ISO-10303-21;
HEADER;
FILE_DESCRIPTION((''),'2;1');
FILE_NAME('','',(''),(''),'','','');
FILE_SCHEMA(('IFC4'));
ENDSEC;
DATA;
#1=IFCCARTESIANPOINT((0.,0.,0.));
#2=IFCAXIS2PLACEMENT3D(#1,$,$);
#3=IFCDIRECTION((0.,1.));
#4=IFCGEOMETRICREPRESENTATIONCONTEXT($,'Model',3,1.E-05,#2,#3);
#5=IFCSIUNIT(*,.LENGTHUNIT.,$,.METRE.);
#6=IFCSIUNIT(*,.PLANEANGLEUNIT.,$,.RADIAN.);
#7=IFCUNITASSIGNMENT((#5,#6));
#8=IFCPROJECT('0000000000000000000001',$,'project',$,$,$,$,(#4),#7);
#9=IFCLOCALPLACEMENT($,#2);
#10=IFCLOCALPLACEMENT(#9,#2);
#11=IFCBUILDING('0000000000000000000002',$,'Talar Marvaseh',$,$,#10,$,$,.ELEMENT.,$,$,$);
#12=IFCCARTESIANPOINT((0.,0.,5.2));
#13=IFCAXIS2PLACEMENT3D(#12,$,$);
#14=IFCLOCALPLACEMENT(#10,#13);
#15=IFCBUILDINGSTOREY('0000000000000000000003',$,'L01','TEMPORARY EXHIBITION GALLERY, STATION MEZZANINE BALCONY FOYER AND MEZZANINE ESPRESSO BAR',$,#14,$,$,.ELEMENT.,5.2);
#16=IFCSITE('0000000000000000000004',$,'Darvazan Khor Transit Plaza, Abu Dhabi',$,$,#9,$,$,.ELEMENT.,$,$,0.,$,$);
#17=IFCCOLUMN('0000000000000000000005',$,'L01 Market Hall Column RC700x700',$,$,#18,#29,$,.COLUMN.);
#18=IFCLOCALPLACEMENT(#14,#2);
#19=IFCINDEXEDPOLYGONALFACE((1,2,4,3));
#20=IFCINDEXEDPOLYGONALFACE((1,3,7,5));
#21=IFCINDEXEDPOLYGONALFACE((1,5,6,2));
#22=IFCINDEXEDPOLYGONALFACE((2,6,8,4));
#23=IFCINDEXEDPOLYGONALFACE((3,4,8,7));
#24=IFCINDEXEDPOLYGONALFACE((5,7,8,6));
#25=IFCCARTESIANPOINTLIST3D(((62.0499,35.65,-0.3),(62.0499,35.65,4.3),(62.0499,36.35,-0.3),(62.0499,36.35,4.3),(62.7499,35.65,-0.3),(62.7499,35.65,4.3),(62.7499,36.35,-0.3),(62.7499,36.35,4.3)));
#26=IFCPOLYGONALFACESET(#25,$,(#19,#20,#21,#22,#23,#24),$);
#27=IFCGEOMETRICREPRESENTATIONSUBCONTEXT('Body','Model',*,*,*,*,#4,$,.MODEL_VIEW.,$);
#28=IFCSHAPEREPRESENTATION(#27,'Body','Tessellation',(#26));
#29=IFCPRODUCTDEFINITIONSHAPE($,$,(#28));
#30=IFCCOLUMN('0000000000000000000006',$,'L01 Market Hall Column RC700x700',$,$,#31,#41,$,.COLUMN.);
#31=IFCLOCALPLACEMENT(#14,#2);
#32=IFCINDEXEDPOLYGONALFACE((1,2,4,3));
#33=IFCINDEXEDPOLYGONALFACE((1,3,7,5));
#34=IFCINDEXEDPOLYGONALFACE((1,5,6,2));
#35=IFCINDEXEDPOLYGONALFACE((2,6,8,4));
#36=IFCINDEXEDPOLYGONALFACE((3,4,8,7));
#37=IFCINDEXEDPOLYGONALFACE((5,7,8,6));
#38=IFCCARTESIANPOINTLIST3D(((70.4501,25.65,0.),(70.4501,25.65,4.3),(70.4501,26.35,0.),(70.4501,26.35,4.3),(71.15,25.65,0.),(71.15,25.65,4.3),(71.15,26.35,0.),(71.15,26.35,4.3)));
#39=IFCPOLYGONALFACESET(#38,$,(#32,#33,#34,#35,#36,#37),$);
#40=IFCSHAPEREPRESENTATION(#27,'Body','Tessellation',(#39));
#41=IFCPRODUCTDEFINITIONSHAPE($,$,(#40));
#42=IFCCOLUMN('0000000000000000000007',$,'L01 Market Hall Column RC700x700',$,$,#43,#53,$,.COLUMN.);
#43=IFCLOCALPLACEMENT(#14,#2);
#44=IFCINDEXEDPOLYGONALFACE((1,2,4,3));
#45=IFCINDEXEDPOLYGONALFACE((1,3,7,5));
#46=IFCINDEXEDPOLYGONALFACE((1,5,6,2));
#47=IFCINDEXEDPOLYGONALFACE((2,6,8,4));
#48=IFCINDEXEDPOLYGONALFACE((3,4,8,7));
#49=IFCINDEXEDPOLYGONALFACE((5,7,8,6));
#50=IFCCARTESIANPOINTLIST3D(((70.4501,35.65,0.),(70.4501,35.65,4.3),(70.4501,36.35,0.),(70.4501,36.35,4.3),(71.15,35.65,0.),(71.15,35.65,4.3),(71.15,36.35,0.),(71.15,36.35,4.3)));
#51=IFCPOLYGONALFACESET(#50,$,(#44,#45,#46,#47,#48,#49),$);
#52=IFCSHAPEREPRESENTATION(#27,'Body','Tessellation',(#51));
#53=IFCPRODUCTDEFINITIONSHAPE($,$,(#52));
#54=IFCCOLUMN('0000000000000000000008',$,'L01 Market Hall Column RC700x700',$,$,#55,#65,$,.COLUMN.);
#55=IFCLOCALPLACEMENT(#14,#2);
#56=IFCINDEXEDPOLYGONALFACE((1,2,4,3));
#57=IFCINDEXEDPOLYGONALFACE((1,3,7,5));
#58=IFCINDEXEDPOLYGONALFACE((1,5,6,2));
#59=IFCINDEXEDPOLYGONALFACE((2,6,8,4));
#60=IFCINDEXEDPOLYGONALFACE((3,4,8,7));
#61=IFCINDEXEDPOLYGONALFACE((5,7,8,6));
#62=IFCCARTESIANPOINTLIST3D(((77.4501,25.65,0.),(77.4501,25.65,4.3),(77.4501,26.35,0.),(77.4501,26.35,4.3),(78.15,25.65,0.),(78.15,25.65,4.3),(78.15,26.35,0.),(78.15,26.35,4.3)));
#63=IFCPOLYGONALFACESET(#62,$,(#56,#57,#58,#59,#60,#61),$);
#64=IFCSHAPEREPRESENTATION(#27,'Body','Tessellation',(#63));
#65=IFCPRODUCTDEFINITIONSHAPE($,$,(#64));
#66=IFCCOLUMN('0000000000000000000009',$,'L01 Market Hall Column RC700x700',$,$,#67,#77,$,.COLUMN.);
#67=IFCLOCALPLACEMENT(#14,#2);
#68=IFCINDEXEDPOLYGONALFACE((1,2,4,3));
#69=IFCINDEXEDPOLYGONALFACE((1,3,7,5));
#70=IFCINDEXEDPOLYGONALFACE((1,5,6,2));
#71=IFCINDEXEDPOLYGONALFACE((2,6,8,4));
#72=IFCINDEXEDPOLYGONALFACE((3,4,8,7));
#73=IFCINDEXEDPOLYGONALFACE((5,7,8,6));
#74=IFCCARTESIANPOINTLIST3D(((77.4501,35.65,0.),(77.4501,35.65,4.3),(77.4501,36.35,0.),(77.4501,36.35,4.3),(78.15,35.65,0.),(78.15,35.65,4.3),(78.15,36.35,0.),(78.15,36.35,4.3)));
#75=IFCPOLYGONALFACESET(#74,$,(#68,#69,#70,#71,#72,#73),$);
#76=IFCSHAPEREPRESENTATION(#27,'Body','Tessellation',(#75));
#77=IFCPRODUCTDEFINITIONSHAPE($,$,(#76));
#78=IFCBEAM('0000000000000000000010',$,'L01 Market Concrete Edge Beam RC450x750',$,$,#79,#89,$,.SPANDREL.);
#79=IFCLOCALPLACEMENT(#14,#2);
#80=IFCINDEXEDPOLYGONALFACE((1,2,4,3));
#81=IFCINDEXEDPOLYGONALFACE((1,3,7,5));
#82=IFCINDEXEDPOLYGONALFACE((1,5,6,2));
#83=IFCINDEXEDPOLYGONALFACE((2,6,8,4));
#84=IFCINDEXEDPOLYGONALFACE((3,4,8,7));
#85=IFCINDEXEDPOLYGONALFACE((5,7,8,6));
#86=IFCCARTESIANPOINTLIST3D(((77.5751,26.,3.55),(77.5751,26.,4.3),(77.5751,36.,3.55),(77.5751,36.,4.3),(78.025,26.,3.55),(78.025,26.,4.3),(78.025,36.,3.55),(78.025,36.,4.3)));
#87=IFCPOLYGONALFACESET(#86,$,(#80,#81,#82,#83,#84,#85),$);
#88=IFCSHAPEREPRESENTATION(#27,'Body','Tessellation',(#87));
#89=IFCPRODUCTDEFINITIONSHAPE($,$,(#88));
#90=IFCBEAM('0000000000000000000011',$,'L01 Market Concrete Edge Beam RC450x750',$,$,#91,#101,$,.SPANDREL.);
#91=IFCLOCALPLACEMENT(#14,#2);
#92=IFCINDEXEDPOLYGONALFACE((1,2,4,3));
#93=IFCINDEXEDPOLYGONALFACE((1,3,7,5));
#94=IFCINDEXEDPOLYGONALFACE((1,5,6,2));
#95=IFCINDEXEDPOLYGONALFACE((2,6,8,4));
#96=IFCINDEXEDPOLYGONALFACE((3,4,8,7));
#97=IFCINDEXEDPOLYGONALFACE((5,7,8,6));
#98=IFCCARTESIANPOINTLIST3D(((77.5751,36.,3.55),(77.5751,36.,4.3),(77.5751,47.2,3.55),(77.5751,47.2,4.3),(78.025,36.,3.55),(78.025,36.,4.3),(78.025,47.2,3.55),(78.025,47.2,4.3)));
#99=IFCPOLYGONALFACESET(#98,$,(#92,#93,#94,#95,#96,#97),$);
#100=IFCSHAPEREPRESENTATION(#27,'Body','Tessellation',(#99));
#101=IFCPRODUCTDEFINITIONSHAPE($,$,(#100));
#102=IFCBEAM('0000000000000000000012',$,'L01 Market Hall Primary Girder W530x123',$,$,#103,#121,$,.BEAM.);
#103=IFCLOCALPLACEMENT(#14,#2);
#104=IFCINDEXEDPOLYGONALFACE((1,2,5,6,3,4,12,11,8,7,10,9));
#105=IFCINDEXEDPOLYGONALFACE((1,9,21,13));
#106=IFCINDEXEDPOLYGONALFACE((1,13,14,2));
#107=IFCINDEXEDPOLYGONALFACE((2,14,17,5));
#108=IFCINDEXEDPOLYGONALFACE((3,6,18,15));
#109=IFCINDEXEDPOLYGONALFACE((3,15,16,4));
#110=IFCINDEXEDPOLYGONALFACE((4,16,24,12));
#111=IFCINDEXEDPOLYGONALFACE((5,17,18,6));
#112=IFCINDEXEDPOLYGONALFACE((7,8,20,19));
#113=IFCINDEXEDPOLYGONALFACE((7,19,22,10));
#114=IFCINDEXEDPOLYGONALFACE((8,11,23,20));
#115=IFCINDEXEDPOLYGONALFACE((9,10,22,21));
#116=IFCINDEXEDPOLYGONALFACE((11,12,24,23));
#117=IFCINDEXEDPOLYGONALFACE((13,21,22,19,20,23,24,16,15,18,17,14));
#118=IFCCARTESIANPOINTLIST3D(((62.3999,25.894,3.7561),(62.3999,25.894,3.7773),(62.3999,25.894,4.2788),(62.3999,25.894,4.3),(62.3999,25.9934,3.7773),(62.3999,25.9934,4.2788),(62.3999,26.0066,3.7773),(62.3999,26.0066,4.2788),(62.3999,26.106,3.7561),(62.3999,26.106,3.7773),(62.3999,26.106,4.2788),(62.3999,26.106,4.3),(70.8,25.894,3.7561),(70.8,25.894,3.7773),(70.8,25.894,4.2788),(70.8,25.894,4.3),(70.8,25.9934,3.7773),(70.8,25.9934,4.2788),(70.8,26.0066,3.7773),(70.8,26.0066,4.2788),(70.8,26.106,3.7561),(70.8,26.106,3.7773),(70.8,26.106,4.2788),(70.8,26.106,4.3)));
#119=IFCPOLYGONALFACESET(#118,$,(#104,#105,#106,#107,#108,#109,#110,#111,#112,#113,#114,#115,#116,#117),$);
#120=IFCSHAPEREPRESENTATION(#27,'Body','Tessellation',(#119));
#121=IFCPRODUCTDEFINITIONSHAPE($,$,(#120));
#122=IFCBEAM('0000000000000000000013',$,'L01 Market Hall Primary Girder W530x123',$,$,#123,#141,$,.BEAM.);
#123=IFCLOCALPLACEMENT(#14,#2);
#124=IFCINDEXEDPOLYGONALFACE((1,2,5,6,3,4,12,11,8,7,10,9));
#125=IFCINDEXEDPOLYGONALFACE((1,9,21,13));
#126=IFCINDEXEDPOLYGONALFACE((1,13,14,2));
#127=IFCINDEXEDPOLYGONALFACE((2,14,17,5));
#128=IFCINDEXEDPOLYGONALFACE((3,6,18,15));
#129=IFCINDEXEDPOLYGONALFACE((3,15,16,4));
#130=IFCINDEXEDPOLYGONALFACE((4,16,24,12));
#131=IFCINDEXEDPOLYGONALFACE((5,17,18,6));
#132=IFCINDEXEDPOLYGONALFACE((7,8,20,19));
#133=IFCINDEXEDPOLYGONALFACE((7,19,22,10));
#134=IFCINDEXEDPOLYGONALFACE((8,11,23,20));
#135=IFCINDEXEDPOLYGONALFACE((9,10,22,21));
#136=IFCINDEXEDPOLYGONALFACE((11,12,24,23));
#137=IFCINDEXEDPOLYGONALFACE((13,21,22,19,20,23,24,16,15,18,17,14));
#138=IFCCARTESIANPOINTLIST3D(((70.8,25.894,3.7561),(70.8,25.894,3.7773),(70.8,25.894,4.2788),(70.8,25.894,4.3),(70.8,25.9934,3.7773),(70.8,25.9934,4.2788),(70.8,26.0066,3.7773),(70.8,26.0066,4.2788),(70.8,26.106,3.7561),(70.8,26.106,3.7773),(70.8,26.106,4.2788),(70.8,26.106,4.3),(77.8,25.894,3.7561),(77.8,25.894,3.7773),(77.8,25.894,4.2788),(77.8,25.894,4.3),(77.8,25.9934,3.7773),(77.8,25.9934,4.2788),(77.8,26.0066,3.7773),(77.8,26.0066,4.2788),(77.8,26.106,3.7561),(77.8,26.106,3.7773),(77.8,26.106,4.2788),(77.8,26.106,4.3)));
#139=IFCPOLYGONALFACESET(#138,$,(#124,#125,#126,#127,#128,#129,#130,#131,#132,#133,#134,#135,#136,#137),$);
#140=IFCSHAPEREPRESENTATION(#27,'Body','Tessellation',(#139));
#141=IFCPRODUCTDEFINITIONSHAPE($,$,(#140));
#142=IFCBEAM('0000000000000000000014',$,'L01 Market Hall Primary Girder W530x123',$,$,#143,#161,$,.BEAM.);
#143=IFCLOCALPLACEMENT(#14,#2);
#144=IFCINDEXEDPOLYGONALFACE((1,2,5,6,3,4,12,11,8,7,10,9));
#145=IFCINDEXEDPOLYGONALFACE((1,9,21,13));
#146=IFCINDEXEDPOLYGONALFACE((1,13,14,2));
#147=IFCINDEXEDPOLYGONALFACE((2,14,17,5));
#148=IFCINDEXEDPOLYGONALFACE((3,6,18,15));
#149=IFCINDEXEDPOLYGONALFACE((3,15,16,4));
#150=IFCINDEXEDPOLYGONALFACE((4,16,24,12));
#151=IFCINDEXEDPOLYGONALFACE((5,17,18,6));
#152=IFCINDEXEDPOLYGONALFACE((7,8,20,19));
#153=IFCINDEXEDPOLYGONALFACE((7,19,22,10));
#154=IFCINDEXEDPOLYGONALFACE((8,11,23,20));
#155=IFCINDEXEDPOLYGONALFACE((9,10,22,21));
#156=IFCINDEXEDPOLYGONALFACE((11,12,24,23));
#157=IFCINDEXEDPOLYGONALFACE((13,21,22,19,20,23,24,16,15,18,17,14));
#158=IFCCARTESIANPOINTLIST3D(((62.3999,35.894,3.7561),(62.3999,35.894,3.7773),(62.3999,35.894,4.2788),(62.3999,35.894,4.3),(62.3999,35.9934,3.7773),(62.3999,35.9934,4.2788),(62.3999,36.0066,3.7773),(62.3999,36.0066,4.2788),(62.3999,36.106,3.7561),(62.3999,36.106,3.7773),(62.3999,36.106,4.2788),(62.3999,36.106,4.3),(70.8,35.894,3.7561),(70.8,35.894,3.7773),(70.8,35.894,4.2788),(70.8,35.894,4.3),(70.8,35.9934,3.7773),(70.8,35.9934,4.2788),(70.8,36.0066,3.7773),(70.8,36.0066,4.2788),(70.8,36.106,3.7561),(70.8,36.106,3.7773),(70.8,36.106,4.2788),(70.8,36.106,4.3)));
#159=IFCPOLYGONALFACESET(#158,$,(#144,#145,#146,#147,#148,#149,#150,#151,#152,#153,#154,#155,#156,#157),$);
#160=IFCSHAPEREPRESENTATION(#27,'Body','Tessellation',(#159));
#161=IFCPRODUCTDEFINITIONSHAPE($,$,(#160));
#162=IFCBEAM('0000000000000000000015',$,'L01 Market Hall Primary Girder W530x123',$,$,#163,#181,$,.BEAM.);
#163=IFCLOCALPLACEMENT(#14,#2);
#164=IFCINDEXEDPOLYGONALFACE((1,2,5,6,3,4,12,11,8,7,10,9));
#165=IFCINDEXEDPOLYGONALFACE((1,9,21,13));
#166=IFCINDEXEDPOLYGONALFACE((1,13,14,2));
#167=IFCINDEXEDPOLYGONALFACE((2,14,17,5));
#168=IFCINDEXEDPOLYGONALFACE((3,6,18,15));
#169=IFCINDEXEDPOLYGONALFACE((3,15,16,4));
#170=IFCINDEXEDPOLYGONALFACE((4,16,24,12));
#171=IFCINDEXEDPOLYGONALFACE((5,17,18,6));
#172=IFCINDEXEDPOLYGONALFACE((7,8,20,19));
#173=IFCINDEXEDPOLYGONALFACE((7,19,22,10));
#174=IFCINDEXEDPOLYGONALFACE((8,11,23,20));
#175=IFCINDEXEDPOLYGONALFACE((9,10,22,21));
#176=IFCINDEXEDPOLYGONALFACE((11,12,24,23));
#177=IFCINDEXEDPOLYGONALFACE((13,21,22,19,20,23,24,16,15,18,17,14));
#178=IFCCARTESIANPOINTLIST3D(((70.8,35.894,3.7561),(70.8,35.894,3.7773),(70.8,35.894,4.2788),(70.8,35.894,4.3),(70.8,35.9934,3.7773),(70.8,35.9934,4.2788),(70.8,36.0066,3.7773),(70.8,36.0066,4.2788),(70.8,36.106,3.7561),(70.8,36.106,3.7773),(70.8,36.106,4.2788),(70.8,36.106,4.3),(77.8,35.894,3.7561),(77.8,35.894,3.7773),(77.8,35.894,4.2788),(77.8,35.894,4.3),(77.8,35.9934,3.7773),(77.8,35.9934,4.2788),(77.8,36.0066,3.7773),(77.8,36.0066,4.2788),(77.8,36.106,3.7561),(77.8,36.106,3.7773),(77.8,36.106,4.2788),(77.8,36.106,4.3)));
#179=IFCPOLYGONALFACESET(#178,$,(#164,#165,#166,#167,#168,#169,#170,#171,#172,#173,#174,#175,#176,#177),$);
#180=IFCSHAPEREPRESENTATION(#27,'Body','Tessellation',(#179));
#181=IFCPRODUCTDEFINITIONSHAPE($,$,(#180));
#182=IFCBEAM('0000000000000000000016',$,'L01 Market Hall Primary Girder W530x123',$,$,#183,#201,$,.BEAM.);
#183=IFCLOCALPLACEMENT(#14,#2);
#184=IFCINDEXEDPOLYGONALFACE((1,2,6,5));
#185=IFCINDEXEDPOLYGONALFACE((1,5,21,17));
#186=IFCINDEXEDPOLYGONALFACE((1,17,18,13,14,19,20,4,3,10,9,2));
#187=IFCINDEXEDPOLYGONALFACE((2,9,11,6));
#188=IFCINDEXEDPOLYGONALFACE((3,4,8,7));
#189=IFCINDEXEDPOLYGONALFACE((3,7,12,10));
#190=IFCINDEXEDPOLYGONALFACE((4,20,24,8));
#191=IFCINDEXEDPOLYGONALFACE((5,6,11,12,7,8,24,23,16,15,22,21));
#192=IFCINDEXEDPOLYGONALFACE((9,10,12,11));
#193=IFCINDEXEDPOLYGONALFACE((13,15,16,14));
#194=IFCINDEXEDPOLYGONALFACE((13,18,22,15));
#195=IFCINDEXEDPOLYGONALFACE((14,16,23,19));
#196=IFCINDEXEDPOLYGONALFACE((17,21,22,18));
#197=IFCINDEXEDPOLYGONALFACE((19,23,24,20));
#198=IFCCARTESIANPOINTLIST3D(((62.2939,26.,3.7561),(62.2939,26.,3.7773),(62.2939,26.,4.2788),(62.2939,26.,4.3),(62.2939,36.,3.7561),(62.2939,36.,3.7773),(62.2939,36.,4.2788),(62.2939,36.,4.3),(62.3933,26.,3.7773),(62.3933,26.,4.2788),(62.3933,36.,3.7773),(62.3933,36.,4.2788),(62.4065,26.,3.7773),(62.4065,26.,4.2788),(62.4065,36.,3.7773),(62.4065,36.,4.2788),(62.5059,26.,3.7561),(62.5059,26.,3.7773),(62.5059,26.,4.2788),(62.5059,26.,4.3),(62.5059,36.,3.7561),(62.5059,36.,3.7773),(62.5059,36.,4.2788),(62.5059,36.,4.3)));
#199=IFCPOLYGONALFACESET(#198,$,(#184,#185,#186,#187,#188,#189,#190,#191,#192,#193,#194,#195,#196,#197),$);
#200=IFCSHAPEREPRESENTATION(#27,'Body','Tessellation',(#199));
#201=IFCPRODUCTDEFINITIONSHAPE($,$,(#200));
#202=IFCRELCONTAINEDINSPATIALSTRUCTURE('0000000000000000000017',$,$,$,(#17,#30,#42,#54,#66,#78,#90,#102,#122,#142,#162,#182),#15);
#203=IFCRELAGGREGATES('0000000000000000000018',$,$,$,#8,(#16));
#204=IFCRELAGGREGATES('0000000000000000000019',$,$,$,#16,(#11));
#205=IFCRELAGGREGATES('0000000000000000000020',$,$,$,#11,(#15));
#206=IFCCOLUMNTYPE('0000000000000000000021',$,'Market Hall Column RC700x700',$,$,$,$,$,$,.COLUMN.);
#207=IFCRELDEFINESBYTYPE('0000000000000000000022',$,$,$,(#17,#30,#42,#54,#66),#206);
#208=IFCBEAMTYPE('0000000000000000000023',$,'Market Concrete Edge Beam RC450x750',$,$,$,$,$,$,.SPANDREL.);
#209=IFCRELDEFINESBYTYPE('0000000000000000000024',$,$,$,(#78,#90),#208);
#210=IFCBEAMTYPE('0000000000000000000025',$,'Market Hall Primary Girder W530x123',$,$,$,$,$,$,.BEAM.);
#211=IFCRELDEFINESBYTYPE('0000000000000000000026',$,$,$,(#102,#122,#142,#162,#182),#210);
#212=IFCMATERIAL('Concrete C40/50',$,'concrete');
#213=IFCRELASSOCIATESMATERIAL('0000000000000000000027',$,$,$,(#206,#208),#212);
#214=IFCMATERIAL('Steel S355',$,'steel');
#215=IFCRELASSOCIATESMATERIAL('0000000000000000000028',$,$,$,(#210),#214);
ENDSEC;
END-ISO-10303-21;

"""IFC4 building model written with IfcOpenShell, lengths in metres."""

from ifc_helpers import new_model, si_unit, direction, frame, origin, origin_2d, place, context, subcontext, project, spatial, rectangle, i_section, extrude, material, material_profile, profile_set, type_object, element, save


model = new_model("IFC4")

# Units and contexts
model_context = context("Model", 3, precision=1e-05, world=origin(), true_north=direction((0.0, 1.0)))
body_context = subcontext(model_context, "Body", "Model", "MODEL_VIEW")
ifc_project = project(units=[si_unit("LENGTHUNIT", "METRE"), si_unit("PLANEANGLEUNIT", "RADIAN")], contexts=[model_context])

# Site, building, storey
site_placement = place(None, origin())
site = spatial("IfcSite", under=ifc_project, at=site_placement, Name="Darvazan Khor Transit Plaza, Abu Dhabi", CompositionType="ELEMENT", RefElevation=0.0)
building_placement = place(site_placement, origin())
building = spatial("IfcBuilding", under=site, at=building_placement, Name="Talar Marvaseh", CompositionType="ELEMENT")
storey_placement = place(building_placement, frame((0.0, 0.0, 5.2)))
storey = spatial("IfcBuildingStorey", under=building, at=storey_placement, Name="L01", Description="TEMPORARY EXHIBITION GALLERY, STATION MEZZANINE BALCONY FOYER AND MEZZANINE ESPRESSO BAR", CompositionType="ELEMENT", Elevation=5.2)

# Columns
ifc_material_1 = material(Name="Concrete C40/50", Category="concrete")
ifc_material_profile_1 = material_profile(ifc_material_1, rectangle(XDim=0.7, YDim=0.7, at=origin_2d()), Name="RC700x700")
ifc_profile_set_1 = profile_set([ifc_material_profile_1], Name="Concrete C40/50")
column_type = type_object("IfcColumnType", Name="Market Hall Column RC700x700", PredefinedType="COLUMN", material=ifc_profile_set_1)
column_placement = place(storey_placement, frame((62.3999, 36.0, -0.3), z_axis=(0.0, 0.0, 1.0), x_axis=(1.0, 0.0, 0.0)))
element("IfcColumn", 1, at=column_placement, inside=storey, type_object=column_type, Name="L01 Market Hall Column RC700x700", PredefinedType="COLUMN", context=body_context, shape_type="SweptSolid", body=[
    extrude(rectangle(XDim=0.7, YDim=0.7, at=origin_2d()), origin(), (0.0, 0.0, 1.0), 4.6001),
])
for number, where, z_axis, x_axis, name in (
    (2, (70.8, 26.0, 0.0), (0.0, 0.0, 1.0), (1.0, 0.0, 0.0), "L01 Market Hall Column RC700x700"),
    (3, (70.8, 36.0, 0.0), (0.0, 0.0, 1.0), (1.0, 0.0, 0.0), "L01 Market Hall Column RC700x700"),
    (4, (77.8, 26.0, 0.0), (0.0, 0.0, 1.0), (1.0, 0.0, 0.0), "L01 Market Hall Column RC700x700"),
    (5, (77.8, 36.0, 0.0), (0.0, 0.0, 1.0), (1.0, 0.0, 0.0), "L01 Market Hall Column RC700x700"),
):
    element("IfcColumn", number, at=place(storey_placement, frame(where, z_axis=z_axis, x_axis=x_axis)), inside=storey, type_object=column_type, Name=name, PredefinedType="COLUMN", context=body_context, shape_type="SweptSolid", body=[
        extrude(rectangle(XDim=0.7, YDim=0.7, at=origin_2d()), origin(), (0.0, 0.0, 1.0), 4.3),
    ])

# Beams
ifc_material_profile_2 = material_profile(ifc_material_1, rectangle(XDim=0.45, YDim=0.75, at=origin_2d()), Name="RC450x750")
ifc_profile_set_2 = profile_set([ifc_material_profile_2], Name="Concrete C40/50")
beam_type_1 = type_object("IfcBeamType", Name="Market Concrete Edge Beam RC450x750", PredefinedType="SPANDREL", material=ifc_profile_set_2)
beam_1_placement = place(storey_placement, frame((77.8, 26.0, 3.925), z_axis=(0.0, 1.0, 0.0), x_axis=(-1.0, 0.0, 0.0)))
element("IfcBeam", 6, at=beam_1_placement, inside=storey, type_object=beam_type_1, Name="L01 Market Concrete Edge Beam RC450x750", PredefinedType="SPANDREL", context=body_context, shape_type="SweptSolid", body=[
    extrude(rectangle(XDim=0.45, YDim=0.75, at=origin_2d()), origin(), (0.0, 0.0, 1.0), 10.0),
])
beam_2_placement = place(storey_placement, frame((77.8, 36.0, 3.925), z_axis=(0.0, 1.0, 0.0), x_axis=(-1.0, 0.0, 0.0)))
element("IfcBeam", 7, at=beam_2_placement, inside=storey, type_object=beam_type_1, Name="L01 Market Concrete Edge Beam RC450x750", PredefinedType="SPANDREL", context=body_context, shape_type="SweptSolid", body=[
    extrude(rectangle(XDim=0.45, YDim=0.75, at=origin_2d()), origin(), (0.0, 0.0, 1.0), 11.2),
])
ifc_material_2 = material(Name="Steel S355", Category="steel")
ifc_material_profile_3 = material_profile(ifc_material_2, i_section(OverallWidth=0.2119, OverallDepth=0.5439, WebThickness=0.0132, FlangeThickness=0.0212, at=origin_2d()), Name="W530x123")
ifc_profile_set_3 = profile_set([ifc_material_profile_3], Name="Steel S355")
beam_type_2 = type_object("IfcBeamType", Name="Market Hall Primary Girder W530x123", PredefinedType="BEAM", material=ifc_profile_set_3)
beam_3_placement = place(storey_placement, frame((62.3999, 26.0, 4.0281), z_axis=(1.0, 0.0, 0.0), x_axis=(0.0, 1.0, 0.0)))
element("IfcBeam", 8, at=beam_3_placement, inside=storey, type_object=beam_type_2, Name="L01 Market Hall Primary Girder W530x123", PredefinedType="BEAM", context=body_context, shape_type="SweptSolid", body=[
    extrude(i_section(OverallWidth=0.2119, OverallDepth=0.5439, WebThickness=0.0132, FlangeThickness=0.0212, at=origin_2d()), origin(), (0.0, 0.0, 1.0), 8.4001),
])
beam_4_placement = place(storey_placement, frame((70.8, 26.0, 4.0281), z_axis=(1.0, 0.0, 0.0), x_axis=(0.0, 1.0, 0.0)))
element("IfcBeam", 9, at=beam_4_placement, inside=storey, type_object=beam_type_2, Name="L01 Market Hall Primary Girder W530x123", PredefinedType="BEAM", context=body_context, shape_type="SweptSolid", body=[
    extrude(i_section(OverallWidth=0.2119, OverallDepth=0.5439, WebThickness=0.0132, FlangeThickness=0.0212, at=origin_2d()), origin(), (0.0, 0.0, 1.0), 7.0),
])
beam_5_placement = place(storey_placement, frame((62.3999, 36.0, 4.0281), z_axis=(1.0, 0.0, 0.0), x_axis=(0.0, 1.0, 0.0)))
element("IfcBeam", 10, at=beam_5_placement, inside=storey, type_object=beam_type_2, Name="L01 Market Hall Primary Girder W530x123", PredefinedType="BEAM", context=body_context, shape_type="SweptSolid", body=[
    extrude(i_section(OverallWidth=0.2119, OverallDepth=0.5439, WebThickness=0.0132, FlangeThickness=0.0212, at=origin_2d()), origin(), (0.0, 0.0, 1.0), 8.4001),
])
beam_6_placement = place(storey_placement, frame((70.8, 36.0, 4.0281), z_axis=(1.0, 0.0, 0.0), x_axis=(0.0, 1.0, 0.0)))
element("IfcBeam", 11, at=beam_6_placement, inside=storey, type_object=beam_type_2, Name="L01 Market Hall Primary Girder W530x123", PredefinedType="BEAM", context=body_context, shape_type="SweptSolid", body=[
    extrude(i_section(OverallWidth=0.2119, OverallDepth=0.5439, WebThickness=0.0132, FlangeThickness=0.0212, at=origin_2d()), origin(), (0.0, 0.0, 1.0), 7.0),
])
beam_7_placement = place(storey_placement, frame((62.3999, 26.0, 4.0281), z_axis=(0.0, 1.0, 0.0), x_axis=(-1.0, 0.0, 0.0)))
element("IfcBeam", 12, at=beam_7_placement, inside=storey, type_object=beam_type_2, Name="L01 Market Hall Primary Girder W530x123", PredefinedType="BEAM", context=body_context, shape_type="SweptSolid", body=[
    extrude(i_section(OverallWidth=0.2119, OverallDepth=0.5439, WebThickness=0.0132, FlangeThickness=0.0212, at=origin_2d()), origin(), (0.0, 0.0, 1.0), 10.0),
])

save(model, "model.ifc")
